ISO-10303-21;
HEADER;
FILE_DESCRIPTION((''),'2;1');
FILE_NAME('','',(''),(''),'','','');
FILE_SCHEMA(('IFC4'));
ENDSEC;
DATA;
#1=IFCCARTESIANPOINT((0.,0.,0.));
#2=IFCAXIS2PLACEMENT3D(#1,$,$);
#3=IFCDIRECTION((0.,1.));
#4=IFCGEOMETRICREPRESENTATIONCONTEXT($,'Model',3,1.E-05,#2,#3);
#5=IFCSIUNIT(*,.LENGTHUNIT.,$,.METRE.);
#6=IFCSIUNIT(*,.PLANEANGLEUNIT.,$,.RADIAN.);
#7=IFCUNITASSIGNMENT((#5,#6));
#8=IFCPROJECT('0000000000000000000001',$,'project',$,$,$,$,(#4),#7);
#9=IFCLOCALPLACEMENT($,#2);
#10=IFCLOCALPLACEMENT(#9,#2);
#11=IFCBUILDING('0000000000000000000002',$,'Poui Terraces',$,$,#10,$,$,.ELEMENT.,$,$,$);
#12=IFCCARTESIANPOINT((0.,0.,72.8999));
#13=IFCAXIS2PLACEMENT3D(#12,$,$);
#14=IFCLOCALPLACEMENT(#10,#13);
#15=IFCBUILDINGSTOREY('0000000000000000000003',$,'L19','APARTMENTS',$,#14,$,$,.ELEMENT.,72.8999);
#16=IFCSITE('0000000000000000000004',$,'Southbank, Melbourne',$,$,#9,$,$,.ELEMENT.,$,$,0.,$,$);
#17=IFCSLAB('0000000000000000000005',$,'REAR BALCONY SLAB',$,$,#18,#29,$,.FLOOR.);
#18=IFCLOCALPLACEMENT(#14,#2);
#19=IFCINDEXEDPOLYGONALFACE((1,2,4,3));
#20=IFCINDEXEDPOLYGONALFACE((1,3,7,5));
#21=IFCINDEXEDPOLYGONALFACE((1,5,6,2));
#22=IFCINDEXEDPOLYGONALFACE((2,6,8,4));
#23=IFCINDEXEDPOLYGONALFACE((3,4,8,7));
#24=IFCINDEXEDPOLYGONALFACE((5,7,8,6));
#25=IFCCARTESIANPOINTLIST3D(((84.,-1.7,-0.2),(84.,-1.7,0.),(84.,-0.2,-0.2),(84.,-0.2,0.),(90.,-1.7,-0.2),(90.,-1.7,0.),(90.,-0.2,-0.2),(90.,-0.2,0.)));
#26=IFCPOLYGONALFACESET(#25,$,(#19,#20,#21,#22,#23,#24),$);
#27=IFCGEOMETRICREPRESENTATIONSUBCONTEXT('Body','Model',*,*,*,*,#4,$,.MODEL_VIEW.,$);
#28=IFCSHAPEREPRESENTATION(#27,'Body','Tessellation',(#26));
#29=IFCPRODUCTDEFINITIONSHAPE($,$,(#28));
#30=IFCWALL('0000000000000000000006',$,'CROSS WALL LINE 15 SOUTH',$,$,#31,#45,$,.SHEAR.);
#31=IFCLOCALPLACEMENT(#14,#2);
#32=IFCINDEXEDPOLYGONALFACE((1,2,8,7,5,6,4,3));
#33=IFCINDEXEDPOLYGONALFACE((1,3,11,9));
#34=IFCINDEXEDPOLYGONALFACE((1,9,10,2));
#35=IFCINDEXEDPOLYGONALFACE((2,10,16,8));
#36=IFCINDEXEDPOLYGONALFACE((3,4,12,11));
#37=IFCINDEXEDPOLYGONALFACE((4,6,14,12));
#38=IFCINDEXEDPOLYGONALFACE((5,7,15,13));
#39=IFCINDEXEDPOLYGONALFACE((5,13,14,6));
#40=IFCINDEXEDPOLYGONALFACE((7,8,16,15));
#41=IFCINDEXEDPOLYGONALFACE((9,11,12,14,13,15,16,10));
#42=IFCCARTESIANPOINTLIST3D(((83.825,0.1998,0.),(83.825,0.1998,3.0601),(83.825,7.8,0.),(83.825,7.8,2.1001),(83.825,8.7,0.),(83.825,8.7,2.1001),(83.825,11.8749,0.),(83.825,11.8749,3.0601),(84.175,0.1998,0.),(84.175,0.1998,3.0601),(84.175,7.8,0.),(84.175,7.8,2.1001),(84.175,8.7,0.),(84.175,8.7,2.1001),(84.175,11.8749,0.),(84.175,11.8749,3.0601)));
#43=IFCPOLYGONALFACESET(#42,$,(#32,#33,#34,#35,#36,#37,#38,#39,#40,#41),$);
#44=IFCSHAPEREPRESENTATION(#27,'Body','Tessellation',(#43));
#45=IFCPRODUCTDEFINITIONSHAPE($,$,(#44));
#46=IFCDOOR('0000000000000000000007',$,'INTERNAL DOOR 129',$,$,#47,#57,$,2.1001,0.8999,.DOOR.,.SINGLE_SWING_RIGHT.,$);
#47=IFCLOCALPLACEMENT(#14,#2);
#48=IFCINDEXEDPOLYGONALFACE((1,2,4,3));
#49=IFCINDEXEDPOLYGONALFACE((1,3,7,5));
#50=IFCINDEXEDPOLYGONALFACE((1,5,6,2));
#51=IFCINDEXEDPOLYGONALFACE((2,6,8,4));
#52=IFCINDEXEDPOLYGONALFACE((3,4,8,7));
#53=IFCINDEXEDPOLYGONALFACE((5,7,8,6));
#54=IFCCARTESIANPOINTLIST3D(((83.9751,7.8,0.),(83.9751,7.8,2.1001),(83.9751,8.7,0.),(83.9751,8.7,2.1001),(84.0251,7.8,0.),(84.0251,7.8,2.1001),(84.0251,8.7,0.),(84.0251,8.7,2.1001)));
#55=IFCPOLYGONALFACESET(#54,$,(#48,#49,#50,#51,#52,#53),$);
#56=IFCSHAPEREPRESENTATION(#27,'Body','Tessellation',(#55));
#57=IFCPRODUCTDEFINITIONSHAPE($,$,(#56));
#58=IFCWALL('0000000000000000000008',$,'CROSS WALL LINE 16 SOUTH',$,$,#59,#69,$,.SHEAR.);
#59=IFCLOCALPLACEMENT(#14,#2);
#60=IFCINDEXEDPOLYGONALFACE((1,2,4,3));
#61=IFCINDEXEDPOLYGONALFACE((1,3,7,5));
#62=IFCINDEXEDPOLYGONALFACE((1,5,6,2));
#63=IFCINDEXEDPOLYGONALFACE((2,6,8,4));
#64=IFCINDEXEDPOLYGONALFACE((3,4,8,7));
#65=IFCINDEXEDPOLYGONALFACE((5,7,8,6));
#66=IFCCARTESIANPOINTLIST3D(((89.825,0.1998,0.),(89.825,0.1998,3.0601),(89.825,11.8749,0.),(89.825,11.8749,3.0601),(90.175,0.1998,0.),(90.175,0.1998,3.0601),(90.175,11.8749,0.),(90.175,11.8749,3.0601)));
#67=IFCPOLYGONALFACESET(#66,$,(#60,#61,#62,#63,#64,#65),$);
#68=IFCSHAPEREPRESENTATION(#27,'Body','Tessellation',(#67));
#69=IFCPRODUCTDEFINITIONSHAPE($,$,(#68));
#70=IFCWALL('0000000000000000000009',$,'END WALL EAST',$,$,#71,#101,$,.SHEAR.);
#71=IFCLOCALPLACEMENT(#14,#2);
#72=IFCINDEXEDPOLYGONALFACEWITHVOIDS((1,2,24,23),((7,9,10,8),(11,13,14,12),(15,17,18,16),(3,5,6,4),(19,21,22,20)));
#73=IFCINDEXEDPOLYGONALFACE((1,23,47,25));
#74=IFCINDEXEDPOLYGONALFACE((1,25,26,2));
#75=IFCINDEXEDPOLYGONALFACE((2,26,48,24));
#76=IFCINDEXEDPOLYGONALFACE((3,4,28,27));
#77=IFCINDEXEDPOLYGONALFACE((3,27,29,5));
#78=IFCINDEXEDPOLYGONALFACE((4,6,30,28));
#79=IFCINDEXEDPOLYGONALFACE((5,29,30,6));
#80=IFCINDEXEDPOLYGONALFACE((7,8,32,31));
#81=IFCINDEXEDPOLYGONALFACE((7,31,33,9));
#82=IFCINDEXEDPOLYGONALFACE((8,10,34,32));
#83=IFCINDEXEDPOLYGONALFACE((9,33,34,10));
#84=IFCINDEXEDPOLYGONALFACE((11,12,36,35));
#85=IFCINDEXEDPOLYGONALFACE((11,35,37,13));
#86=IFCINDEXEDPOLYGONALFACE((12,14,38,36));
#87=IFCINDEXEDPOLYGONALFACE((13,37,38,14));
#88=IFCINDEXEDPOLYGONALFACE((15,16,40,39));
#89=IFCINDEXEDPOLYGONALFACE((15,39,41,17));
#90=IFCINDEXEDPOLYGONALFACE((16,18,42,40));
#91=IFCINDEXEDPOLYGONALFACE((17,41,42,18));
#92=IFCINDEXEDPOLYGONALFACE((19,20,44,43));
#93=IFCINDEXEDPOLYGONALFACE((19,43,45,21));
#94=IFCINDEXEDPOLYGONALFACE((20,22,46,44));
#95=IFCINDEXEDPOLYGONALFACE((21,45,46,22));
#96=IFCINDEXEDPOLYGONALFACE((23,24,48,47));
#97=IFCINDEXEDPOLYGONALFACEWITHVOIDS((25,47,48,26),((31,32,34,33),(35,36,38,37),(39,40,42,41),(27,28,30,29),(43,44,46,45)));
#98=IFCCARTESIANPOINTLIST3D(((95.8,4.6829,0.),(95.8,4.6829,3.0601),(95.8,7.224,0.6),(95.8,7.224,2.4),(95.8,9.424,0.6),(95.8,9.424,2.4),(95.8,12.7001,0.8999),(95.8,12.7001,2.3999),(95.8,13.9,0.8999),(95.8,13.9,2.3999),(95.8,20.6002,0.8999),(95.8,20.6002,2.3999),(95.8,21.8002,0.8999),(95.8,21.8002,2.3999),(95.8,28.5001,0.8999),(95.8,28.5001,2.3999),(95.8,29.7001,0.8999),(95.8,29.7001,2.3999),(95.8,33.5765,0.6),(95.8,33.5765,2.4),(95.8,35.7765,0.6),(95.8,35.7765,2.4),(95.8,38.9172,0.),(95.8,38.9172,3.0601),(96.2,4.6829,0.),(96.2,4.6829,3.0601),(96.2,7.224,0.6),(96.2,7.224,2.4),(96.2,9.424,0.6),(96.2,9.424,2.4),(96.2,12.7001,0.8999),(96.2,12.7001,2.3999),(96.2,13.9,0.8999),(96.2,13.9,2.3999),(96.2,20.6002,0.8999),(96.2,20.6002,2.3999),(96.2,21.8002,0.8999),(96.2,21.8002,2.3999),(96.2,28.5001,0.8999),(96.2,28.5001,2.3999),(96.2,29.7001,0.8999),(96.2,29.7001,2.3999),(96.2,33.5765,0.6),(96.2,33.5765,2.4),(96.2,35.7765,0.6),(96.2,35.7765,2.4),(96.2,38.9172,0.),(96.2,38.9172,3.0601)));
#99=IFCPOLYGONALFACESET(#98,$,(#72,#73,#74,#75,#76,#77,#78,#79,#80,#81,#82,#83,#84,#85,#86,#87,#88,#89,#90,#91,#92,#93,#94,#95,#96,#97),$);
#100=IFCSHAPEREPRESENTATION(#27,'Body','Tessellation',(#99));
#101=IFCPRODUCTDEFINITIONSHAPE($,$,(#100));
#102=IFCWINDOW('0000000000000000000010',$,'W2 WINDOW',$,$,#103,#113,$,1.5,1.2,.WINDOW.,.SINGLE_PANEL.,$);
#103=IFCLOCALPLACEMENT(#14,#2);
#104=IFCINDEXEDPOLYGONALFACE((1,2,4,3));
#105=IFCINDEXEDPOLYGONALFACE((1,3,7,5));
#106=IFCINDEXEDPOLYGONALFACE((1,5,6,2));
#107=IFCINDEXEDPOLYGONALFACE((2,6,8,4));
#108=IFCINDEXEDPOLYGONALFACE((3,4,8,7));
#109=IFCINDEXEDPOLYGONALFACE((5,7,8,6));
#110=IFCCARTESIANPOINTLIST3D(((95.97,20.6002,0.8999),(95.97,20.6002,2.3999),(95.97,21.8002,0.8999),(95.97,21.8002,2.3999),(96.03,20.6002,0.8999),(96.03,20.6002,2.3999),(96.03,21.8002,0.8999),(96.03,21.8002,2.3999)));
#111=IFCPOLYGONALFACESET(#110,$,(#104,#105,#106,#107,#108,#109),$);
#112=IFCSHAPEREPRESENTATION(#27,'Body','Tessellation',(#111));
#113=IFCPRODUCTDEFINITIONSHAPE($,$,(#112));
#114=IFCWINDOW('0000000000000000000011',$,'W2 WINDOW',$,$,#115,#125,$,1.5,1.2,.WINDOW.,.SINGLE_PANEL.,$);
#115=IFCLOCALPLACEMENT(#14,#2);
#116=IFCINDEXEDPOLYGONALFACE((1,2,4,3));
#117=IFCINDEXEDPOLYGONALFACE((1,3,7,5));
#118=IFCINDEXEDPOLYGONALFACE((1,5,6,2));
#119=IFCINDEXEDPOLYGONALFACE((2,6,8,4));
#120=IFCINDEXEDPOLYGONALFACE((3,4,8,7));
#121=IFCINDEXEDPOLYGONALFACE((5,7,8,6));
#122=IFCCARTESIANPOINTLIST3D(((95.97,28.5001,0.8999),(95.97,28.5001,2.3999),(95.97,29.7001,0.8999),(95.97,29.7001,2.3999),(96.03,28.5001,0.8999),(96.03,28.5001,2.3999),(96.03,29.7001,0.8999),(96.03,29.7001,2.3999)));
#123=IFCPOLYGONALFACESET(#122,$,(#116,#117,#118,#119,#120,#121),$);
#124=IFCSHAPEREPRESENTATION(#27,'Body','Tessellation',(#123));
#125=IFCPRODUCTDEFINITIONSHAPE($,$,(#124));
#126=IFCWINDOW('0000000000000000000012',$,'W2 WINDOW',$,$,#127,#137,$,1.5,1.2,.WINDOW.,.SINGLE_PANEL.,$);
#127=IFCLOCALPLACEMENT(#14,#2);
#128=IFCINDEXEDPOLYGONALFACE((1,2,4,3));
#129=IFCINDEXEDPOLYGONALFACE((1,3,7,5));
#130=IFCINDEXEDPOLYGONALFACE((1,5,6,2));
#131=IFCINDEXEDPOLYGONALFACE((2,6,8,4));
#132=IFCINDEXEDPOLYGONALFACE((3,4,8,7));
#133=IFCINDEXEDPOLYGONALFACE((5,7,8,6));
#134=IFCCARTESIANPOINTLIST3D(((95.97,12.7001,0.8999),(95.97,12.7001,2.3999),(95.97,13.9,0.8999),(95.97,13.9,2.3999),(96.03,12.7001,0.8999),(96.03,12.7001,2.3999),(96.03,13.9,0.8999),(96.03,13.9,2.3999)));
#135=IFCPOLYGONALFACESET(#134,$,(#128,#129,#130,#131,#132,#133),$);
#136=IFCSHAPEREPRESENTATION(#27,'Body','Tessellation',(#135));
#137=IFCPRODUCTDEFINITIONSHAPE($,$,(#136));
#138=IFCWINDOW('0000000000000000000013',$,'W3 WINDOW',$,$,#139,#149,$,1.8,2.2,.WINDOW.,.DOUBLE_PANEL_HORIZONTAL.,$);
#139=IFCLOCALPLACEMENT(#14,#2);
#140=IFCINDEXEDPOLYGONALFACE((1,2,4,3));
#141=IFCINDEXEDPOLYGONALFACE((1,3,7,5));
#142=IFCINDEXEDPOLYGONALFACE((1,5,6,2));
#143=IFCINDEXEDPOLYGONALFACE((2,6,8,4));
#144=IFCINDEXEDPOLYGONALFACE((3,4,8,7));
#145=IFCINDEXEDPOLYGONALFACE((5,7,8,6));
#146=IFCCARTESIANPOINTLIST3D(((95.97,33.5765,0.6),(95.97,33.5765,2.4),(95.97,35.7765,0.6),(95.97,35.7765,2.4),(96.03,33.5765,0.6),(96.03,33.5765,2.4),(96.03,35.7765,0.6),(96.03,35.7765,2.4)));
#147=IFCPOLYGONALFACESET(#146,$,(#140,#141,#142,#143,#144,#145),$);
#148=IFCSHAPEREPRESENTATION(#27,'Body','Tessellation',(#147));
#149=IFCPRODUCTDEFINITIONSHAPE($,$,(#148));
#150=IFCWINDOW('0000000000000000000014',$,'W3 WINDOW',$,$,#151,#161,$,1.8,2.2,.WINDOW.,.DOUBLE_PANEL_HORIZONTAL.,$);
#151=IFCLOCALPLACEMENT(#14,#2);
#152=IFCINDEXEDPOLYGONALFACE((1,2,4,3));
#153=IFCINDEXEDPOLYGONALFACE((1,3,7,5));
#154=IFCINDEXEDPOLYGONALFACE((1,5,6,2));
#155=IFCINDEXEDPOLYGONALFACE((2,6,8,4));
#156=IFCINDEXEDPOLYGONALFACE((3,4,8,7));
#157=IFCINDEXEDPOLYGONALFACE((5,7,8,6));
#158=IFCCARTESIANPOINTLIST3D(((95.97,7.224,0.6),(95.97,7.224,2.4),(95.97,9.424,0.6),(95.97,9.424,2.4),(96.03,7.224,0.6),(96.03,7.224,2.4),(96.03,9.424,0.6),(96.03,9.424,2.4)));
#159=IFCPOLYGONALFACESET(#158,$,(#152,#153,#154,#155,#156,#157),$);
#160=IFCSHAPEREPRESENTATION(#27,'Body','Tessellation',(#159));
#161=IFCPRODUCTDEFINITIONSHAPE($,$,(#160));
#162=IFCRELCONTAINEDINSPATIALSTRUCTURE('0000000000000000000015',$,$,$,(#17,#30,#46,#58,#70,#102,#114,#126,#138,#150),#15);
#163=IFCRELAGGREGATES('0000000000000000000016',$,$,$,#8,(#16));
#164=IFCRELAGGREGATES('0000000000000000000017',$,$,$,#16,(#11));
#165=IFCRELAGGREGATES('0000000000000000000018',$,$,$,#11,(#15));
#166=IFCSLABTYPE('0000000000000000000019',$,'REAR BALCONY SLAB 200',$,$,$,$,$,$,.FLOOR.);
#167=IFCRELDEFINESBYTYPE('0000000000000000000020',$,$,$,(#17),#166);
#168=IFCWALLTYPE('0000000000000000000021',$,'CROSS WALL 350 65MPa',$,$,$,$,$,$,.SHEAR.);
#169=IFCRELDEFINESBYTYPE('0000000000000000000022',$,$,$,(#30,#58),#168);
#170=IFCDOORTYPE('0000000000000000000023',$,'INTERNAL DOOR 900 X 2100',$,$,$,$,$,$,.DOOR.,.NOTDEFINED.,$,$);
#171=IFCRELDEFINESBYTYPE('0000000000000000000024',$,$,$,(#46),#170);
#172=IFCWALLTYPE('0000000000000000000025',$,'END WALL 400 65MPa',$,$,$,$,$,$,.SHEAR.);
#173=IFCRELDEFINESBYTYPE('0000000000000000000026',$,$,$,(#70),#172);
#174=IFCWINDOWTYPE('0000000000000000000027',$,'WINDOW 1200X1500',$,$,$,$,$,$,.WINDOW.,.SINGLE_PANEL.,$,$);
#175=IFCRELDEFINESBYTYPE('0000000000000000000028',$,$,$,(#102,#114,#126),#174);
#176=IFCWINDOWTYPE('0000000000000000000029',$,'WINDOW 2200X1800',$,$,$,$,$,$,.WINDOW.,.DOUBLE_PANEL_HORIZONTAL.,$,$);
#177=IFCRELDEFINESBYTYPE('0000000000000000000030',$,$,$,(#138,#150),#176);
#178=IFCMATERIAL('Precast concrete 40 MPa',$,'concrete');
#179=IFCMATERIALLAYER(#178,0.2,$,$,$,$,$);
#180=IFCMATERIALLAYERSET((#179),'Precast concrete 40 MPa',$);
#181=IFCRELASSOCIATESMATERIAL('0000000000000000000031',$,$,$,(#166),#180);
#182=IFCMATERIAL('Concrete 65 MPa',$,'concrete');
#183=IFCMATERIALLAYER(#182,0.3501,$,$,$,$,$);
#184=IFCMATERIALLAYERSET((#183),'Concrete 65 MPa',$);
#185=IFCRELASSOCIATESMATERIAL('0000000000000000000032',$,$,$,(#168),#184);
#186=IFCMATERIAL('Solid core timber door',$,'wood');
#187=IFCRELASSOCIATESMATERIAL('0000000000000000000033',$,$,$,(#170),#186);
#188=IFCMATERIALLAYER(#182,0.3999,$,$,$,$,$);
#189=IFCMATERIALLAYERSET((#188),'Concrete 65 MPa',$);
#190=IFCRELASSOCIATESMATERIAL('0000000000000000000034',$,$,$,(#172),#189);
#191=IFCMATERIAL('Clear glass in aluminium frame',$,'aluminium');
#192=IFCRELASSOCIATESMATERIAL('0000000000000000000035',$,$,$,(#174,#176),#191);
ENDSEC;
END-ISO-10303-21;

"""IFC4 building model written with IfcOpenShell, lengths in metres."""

from ifc_helpers import new_model, si_unit, direction, frame, frame_2d, origin, place, context, subcontext, project, spatial, polyline, rectangle, outline, extrude, source, transform, mapped, material, layer, layer_set, type_object, element, fill, save


model = new_model("IFC4")

# Units and contexts
model_context = context("Model", 3, precision=1e-05, world=origin(), true_north=direction((0.0, 1.0)))
body_context = subcontext(model_context, "Body", "Model", "MODEL_VIEW")
ifc_project = project(units=[si_unit("LENGTHUNIT", "METRE"), si_unit("PLANEANGLEUNIT", "RADIAN")], contexts=[model_context])

# Site, building, storey
site_placement = place(None, origin())
site = spatial("IfcSite", under=ifc_project, at=site_placement, Name="Southbank, Melbourne", CompositionType="ELEMENT", RefElevation=0.0)
building_placement = place(site_placement, origin())
building = spatial("IfcBuilding", under=site, at=building_placement, Name="Poui Terraces", CompositionType="ELEMENT")
storey_placement = place(building_placement, frame((0.0, 0.0, 72.8999)))
storey = spatial("IfcBuildingStorey", under=building, at=storey_placement, Name="L19", Description="APARTMENTS", CompositionType="ELEMENT", Elevation=72.8999)

# Slab
ifc_material_1 = material(Name="Precast concrete 40 MPa", Category="concrete")
ifc_layer_1 = layer(ifc_material_1, 0.2)
ifc_layer_set_1 = layer_set([ifc_layer_1], Name="Precast concrete 40 MPa")
slab_type = type_object("IfcSlabType", Name="REAR BALCONY SLAB 200", PredefinedType="FLOOR", material=ifc_layer_set_1)
shared_shape_1 = source(origin(), body_context, "Body", "SweptSolid", [
    extrude(outline(polyline([(0.0, 0.0), (6.0, 0.0), (6.0, 1.5), (0.0, 1.5), (0.0, 0.0)])), origin(), (0.0, 0.0, 1.0), 0.2),
])
slab_placement = place(storey_placement, frame((84.0, -1.7, -0.2)))
element("IfcSlab", 1, at=slab_placement, inside=storey, type_object=slab_type, Name="REAR BALCONY SLAB", PredefinedType="FLOOR", context=body_context, shape_type="MappedRepresentation", body=[
    mapped(shared_shape_1, transform((0.0, 0.0, 0.0))),
])

# Wall, opening, door
ifc_material_2 = material(Name="Concrete 65 MPa", Category="concrete")
ifc_layer_2 = layer(ifc_material_2, 0.3501)
ifc_layer_set_2 = layer_set([ifc_layer_2], Name="Concrete 65 MPa")
wall_type_1 = type_object("IfcWallType", Name="CROSS WALL 350 65MPa", PredefinedType="SHEAR", material=ifc_layer_set_2)
wall_1_placement = place(storey_placement, frame((84.0, 0.2, 0.0), z_axis=(0.0, 0.0, 1.0), x_axis=(0.0, 1.0, 0.0)))
wall_1 = element("IfcWall", 2, at=wall_1_placement, inside=storey, type_object=wall_type_1, Name="CROSS WALL LINE 15 SOUTH", PredefinedType="SHEAR", context=body_context, shape_type="SweptSolid", body=[
    extrude(rectangle(XDim=11.675, YDim=0.3501, at=frame_2d((5.8374, 0.0))), origin(), (0.0, 0.0, 1.0), 3.0601),
])
opening_1_placement = place(wall_1_placement, frame((7.6001, 0.0, 0.0)))
opening_1 = element("IfcOpeningElement", 3, at=opening_1_placement, cuts=wall_1, PredefinedType="OPENING", context=body_context, shape_type="SweptSolid", body=[
    extrude(rectangle(XDim=0.8999, YDim=2.1001, at=frame_2d((0.45, 1.05))), frame((0.0, 0.1851, 0.0), z_axis=(0.0, -1.0, 0.0), x_axis=(1.0, 0.0, 0.0)), (0.0, 0.0, 1.0), 0.3701),
])
ifc_material_3 = material(Name="Solid core timber door", Category="wood")
door_type_1 = type_object("IfcDoorType", Name="INTERNAL DOOR 900 X 2100", OperationType="NOTDEFINED", PredefinedType="DOOR", material=ifc_material_3)
door_1_placement = place(opening_1_placement, origin())
door_1 = element("IfcDoor", 4, at=door_1_placement, inside=storey, type_object=door_type_1, Name="INTERNAL DOOR 129", OperationType="SINGLE_SWING_RIGHT", OverallHeight=2.1001, OverallWidth=0.8999, PredefinedType="DOOR", context=body_context, shape_type="SweptSolid", body=[
    extrude(rectangle(XDim=0.8999, YDim=2.1001, at=frame_2d((0.45, 1.05))), frame((0.0, 0.0249, 0.0), z_axis=(0.0, -1.0, 0.0), x_axis=(1.0, 0.0, 0.0)), (0.0, 0.0, 1.0), 0.05),
])
fill(opening_1, door_1)

# Wall
wall_2_placement = place(storey_placement, frame((90.0, 0.2, 0.0), z_axis=(0.0, 0.0, 1.0), x_axis=(0.0, 1.0, 0.0)))
element("IfcWall", 5, at=wall_2_placement, inside=storey, type_object=wall_type_1, Name="CROSS WALL LINE 16 SOUTH", PredefinedType="SHEAR", context=body_context, shape_type="SweptSolid", body=[
    extrude(rectangle(XDim=11.675, YDim=0.3501, at=frame_2d((5.8374, 0.0))), origin(), (0.0, 0.0, 1.0), 3.0601),
])

# Wall, openings, windows
ifc_layer_3 = layer(ifc_material_2, 0.3999)
ifc_layer_set_3 = layer_set([ifc_layer_3], Name="Concrete 65 MPa")
wall_type_2 = type_object("IfcWallType", Name="END WALL 400 65MPa", PredefinedType="SHEAR", material=ifc_layer_set_3)
wall_3_placement = place(storey_placement, frame((96.0, 4.6829, 0.0), z_axis=(0.0, 0.0, 1.0), x_axis=(0.0, 1.0, 0.0)))
wall_3 = element("IfcWall", 6, at=wall_3_placement, inside=storey, type_object=wall_type_2, Name="END WALL EAST", PredefinedType="SHEAR", context=body_context, shape_type="SweptSolid", body=[
    extrude(rectangle(XDim=34.2344, YDim=0.3999, at=frame_2d((17.1172, 0.0))), origin(), (0.0, 0.0, 1.0), 3.0601),
])
opening_2_placement = place(wall_3_placement, frame((15.9172, 0.0, 0.8999)))
opening_2 = element("IfcOpeningElement", 7, at=opening_2_placement, cuts=wall_3, PredefinedType="OPENING", context=body_context, shape_type="SweptSolid", body=[
    extrude(rectangle(XDim=1.2, YDim=1.5, at=frame_2d((0.6001, 0.75))), frame((0.0, 0.21, 0.0), z_axis=(0.0, -1.0, 0.0), x_axis=(1.0, 0.0, 0.0)), (0.0, 0.0, 1.0), 0.4199),
])
opening_3_placement = place(wall_3_placement, frame((23.8171, 0.0, 0.8999)))
opening_3 = element("IfcOpeningElement", 8, at=opening_3_placement, cuts=wall_3, PredefinedType="OPENING", context=body_context, shape_type="SweptSolid", body=[
    extrude(rectangle(XDim=1.2, YDim=1.5, at=frame_2d((0.6001, 0.75))), frame((0.0, 0.21, 0.0), z_axis=(0.0, -1.0, 0.0), x_axis=(1.0, 0.0, 0.0)), (0.0, 0.0, 1.0), 0.4199),
])
opening_4_placement = place(wall_3_placement, frame((8.0171, 0.0, 0.8999)))
opening_4 = element("IfcOpeningElement", 9, at=opening_4_placement, cuts=wall_3, PredefinedType="OPENING", context=body_context, shape_type="SweptSolid", body=[
    extrude(rectangle(XDim=1.2, YDim=1.5, at=frame_2d((0.6001, 0.75))), frame((0.0, 0.21, 0.0), z_axis=(0.0, -1.0, 0.0), x_axis=(1.0, 0.0, 0.0)), (0.0, 0.0, 1.0), 0.4199),
])
opening_5_placement = place(wall_3_placement, frame((28.8936, 0.0, 0.6001)))
opening_5 = element("IfcOpeningElement", 10, at=opening_5_placement, cuts=wall_3, PredefinedType="OPENING", context=body_context, shape_type="SweptSolid", body=[
    extrude(rectangle(XDim=2.2, YDim=1.8, at=frame_2d((1.1001, 0.8999))), frame((0.0, 0.21, 0.0), z_axis=(0.0, -1.0, 0.0), x_axis=(1.0, 0.0, 0.0)), (0.0, 0.0, 1.0), 0.4199),
])
opening_6_placement = place(wall_3_placement, frame((2.541, 0.0, 0.6001)))
opening_6 = element("IfcOpeningElement", 11, at=opening_6_placement, cuts=wall_3, PredefinedType="OPENING", context=body_context, shape_type="SweptSolid", body=[
    extrude(rectangle(XDim=2.2, YDim=1.8, at=frame_2d((1.1001, 0.8999))), frame((0.0, 0.21, 0.0), z_axis=(0.0, -1.0, 0.0), x_axis=(1.0, 0.0, 0.0)), (0.0, 0.0, 1.0), 0.4199),
])
ifc_material_4 = material(Name="Clear glass in aluminium frame", Category="aluminium")
window_type_1 = type_object("IfcWindowType", Name="WINDOW 1200X1500", PartitioningType="SINGLE_PANEL", PredefinedType="WINDOW", material=ifc_material_4)
window_1_placement = place(opening_2_placement, origin())
window_1 = element("IfcWindow", 12, at=window_1_placement, inside=storey, type_object=window_type_1, Name="W2 WINDOW", OverallHeight=1.5, OverallWidth=1.2, PartitioningType="SINGLE_PANEL", PredefinedType="WINDOW", context=body_context, shape_type="SweptSolid", body=[
    extrude(rectangle(XDim=1.2, YDim=1.5, at=frame_2d((0.6001, 0.75))), frame((0.0, 0.03, 0.0), z_axis=(0.0, -1.0, 0.0), x_axis=(1.0, 0.0, 0.0)), (0.0, 0.0, 1.0), 0.0601),
])
fill(opening_2, window_1)
window_2_placement = place(opening_3_placement, origin())
window_2 = element("IfcWindow", 13, at=window_2_placement, inside=storey, type_object=window_type_1, Name="W2 WINDOW", OverallHeight=1.5, OverallWidth=1.2, PartitioningType="SINGLE_PANEL", PredefinedType="WINDOW", context=body_context, shape_type="SweptSolid", body=[
    extrude(rectangle(XDim=1.2, YDim=1.5, at=frame_2d((0.6001, 0.75))), frame((0.0, 0.03, 0.0), z_axis=(0.0, -1.0, 0.0), x_axis=(1.0, 0.0, 0.0)), (0.0, 0.0, 1.0), 0.0601),
])
fill(opening_3, window_2)
window_3_placement = place(opening_4_placement, origin())
window_3 = element("IfcWindow", 14, at=window_3_placement, inside=storey, type_object=window_type_1, Name="W2 WINDOW", OverallHeight=1.5, OverallWidth=1.2, PartitioningType="SINGLE_PANEL", PredefinedType="WINDOW", context=body_context, shape_type="SweptSolid", body=[
    extrude(rectangle(XDim=1.2, YDim=1.5, at=frame_2d((0.6001, 0.75))), frame((0.0, 0.03, 0.0), z_axis=(0.0, -1.0, 0.0), x_axis=(1.0, 0.0, 0.0)), (0.0, 0.0, 1.0), 0.0601),
])
fill(opening_4, window_3)
window_type_2 = type_object("IfcWindowType", Name="WINDOW 2200X1800", PartitioningType="DOUBLE_PANEL_HORIZONTAL", PredefinedType="WINDOW", material=ifc_material_4)
window_4_placement = place(opening_5_placement, origin())
window_4 = element("IfcWindow", 15, at=window_4_placement, inside=storey, type_object=window_type_2, Name="W3 WINDOW", OverallHeight=1.8, OverallWidth=2.2, PartitioningType="DOUBLE_PANEL_HORIZONTAL", PredefinedType="WINDOW", context=body_context, shape_type="SweptSolid", body=[
    extrude(rectangle(XDim=2.2, YDim=1.8, at=frame_2d((1.1001, 0.8999))), frame((0.0, 0.03, 0.0), z_axis=(0.0, -1.0, 0.0), x_axis=(1.0, 0.0, 0.0)), (0.0, 0.0, 1.0), 0.0601),
])
fill(opening_5, window_4)
window_5_placement = place(opening_6_placement, origin())
window_5 = element("IfcWindow", 16, at=window_5_placement, inside=storey, type_object=window_type_2, Name="W3 WINDOW", OverallHeight=1.8, OverallWidth=2.2, PartitioningType="DOUBLE_PANEL_HORIZONTAL", PredefinedType="WINDOW", context=body_context, shape_type="SweptSolid", body=[
    extrude(rectangle(XDim=2.2, YDim=1.8, at=frame_2d((1.1001, 0.8999))), frame((0.0, 0.03, 0.0), z_axis=(0.0, -1.0, 0.0), x_axis=(1.0, 0.0, 0.0)), (0.0, 0.0, 1.0), 0.0601),
])
fill(opening_6, window_5)

save(model, "model.ifc")
